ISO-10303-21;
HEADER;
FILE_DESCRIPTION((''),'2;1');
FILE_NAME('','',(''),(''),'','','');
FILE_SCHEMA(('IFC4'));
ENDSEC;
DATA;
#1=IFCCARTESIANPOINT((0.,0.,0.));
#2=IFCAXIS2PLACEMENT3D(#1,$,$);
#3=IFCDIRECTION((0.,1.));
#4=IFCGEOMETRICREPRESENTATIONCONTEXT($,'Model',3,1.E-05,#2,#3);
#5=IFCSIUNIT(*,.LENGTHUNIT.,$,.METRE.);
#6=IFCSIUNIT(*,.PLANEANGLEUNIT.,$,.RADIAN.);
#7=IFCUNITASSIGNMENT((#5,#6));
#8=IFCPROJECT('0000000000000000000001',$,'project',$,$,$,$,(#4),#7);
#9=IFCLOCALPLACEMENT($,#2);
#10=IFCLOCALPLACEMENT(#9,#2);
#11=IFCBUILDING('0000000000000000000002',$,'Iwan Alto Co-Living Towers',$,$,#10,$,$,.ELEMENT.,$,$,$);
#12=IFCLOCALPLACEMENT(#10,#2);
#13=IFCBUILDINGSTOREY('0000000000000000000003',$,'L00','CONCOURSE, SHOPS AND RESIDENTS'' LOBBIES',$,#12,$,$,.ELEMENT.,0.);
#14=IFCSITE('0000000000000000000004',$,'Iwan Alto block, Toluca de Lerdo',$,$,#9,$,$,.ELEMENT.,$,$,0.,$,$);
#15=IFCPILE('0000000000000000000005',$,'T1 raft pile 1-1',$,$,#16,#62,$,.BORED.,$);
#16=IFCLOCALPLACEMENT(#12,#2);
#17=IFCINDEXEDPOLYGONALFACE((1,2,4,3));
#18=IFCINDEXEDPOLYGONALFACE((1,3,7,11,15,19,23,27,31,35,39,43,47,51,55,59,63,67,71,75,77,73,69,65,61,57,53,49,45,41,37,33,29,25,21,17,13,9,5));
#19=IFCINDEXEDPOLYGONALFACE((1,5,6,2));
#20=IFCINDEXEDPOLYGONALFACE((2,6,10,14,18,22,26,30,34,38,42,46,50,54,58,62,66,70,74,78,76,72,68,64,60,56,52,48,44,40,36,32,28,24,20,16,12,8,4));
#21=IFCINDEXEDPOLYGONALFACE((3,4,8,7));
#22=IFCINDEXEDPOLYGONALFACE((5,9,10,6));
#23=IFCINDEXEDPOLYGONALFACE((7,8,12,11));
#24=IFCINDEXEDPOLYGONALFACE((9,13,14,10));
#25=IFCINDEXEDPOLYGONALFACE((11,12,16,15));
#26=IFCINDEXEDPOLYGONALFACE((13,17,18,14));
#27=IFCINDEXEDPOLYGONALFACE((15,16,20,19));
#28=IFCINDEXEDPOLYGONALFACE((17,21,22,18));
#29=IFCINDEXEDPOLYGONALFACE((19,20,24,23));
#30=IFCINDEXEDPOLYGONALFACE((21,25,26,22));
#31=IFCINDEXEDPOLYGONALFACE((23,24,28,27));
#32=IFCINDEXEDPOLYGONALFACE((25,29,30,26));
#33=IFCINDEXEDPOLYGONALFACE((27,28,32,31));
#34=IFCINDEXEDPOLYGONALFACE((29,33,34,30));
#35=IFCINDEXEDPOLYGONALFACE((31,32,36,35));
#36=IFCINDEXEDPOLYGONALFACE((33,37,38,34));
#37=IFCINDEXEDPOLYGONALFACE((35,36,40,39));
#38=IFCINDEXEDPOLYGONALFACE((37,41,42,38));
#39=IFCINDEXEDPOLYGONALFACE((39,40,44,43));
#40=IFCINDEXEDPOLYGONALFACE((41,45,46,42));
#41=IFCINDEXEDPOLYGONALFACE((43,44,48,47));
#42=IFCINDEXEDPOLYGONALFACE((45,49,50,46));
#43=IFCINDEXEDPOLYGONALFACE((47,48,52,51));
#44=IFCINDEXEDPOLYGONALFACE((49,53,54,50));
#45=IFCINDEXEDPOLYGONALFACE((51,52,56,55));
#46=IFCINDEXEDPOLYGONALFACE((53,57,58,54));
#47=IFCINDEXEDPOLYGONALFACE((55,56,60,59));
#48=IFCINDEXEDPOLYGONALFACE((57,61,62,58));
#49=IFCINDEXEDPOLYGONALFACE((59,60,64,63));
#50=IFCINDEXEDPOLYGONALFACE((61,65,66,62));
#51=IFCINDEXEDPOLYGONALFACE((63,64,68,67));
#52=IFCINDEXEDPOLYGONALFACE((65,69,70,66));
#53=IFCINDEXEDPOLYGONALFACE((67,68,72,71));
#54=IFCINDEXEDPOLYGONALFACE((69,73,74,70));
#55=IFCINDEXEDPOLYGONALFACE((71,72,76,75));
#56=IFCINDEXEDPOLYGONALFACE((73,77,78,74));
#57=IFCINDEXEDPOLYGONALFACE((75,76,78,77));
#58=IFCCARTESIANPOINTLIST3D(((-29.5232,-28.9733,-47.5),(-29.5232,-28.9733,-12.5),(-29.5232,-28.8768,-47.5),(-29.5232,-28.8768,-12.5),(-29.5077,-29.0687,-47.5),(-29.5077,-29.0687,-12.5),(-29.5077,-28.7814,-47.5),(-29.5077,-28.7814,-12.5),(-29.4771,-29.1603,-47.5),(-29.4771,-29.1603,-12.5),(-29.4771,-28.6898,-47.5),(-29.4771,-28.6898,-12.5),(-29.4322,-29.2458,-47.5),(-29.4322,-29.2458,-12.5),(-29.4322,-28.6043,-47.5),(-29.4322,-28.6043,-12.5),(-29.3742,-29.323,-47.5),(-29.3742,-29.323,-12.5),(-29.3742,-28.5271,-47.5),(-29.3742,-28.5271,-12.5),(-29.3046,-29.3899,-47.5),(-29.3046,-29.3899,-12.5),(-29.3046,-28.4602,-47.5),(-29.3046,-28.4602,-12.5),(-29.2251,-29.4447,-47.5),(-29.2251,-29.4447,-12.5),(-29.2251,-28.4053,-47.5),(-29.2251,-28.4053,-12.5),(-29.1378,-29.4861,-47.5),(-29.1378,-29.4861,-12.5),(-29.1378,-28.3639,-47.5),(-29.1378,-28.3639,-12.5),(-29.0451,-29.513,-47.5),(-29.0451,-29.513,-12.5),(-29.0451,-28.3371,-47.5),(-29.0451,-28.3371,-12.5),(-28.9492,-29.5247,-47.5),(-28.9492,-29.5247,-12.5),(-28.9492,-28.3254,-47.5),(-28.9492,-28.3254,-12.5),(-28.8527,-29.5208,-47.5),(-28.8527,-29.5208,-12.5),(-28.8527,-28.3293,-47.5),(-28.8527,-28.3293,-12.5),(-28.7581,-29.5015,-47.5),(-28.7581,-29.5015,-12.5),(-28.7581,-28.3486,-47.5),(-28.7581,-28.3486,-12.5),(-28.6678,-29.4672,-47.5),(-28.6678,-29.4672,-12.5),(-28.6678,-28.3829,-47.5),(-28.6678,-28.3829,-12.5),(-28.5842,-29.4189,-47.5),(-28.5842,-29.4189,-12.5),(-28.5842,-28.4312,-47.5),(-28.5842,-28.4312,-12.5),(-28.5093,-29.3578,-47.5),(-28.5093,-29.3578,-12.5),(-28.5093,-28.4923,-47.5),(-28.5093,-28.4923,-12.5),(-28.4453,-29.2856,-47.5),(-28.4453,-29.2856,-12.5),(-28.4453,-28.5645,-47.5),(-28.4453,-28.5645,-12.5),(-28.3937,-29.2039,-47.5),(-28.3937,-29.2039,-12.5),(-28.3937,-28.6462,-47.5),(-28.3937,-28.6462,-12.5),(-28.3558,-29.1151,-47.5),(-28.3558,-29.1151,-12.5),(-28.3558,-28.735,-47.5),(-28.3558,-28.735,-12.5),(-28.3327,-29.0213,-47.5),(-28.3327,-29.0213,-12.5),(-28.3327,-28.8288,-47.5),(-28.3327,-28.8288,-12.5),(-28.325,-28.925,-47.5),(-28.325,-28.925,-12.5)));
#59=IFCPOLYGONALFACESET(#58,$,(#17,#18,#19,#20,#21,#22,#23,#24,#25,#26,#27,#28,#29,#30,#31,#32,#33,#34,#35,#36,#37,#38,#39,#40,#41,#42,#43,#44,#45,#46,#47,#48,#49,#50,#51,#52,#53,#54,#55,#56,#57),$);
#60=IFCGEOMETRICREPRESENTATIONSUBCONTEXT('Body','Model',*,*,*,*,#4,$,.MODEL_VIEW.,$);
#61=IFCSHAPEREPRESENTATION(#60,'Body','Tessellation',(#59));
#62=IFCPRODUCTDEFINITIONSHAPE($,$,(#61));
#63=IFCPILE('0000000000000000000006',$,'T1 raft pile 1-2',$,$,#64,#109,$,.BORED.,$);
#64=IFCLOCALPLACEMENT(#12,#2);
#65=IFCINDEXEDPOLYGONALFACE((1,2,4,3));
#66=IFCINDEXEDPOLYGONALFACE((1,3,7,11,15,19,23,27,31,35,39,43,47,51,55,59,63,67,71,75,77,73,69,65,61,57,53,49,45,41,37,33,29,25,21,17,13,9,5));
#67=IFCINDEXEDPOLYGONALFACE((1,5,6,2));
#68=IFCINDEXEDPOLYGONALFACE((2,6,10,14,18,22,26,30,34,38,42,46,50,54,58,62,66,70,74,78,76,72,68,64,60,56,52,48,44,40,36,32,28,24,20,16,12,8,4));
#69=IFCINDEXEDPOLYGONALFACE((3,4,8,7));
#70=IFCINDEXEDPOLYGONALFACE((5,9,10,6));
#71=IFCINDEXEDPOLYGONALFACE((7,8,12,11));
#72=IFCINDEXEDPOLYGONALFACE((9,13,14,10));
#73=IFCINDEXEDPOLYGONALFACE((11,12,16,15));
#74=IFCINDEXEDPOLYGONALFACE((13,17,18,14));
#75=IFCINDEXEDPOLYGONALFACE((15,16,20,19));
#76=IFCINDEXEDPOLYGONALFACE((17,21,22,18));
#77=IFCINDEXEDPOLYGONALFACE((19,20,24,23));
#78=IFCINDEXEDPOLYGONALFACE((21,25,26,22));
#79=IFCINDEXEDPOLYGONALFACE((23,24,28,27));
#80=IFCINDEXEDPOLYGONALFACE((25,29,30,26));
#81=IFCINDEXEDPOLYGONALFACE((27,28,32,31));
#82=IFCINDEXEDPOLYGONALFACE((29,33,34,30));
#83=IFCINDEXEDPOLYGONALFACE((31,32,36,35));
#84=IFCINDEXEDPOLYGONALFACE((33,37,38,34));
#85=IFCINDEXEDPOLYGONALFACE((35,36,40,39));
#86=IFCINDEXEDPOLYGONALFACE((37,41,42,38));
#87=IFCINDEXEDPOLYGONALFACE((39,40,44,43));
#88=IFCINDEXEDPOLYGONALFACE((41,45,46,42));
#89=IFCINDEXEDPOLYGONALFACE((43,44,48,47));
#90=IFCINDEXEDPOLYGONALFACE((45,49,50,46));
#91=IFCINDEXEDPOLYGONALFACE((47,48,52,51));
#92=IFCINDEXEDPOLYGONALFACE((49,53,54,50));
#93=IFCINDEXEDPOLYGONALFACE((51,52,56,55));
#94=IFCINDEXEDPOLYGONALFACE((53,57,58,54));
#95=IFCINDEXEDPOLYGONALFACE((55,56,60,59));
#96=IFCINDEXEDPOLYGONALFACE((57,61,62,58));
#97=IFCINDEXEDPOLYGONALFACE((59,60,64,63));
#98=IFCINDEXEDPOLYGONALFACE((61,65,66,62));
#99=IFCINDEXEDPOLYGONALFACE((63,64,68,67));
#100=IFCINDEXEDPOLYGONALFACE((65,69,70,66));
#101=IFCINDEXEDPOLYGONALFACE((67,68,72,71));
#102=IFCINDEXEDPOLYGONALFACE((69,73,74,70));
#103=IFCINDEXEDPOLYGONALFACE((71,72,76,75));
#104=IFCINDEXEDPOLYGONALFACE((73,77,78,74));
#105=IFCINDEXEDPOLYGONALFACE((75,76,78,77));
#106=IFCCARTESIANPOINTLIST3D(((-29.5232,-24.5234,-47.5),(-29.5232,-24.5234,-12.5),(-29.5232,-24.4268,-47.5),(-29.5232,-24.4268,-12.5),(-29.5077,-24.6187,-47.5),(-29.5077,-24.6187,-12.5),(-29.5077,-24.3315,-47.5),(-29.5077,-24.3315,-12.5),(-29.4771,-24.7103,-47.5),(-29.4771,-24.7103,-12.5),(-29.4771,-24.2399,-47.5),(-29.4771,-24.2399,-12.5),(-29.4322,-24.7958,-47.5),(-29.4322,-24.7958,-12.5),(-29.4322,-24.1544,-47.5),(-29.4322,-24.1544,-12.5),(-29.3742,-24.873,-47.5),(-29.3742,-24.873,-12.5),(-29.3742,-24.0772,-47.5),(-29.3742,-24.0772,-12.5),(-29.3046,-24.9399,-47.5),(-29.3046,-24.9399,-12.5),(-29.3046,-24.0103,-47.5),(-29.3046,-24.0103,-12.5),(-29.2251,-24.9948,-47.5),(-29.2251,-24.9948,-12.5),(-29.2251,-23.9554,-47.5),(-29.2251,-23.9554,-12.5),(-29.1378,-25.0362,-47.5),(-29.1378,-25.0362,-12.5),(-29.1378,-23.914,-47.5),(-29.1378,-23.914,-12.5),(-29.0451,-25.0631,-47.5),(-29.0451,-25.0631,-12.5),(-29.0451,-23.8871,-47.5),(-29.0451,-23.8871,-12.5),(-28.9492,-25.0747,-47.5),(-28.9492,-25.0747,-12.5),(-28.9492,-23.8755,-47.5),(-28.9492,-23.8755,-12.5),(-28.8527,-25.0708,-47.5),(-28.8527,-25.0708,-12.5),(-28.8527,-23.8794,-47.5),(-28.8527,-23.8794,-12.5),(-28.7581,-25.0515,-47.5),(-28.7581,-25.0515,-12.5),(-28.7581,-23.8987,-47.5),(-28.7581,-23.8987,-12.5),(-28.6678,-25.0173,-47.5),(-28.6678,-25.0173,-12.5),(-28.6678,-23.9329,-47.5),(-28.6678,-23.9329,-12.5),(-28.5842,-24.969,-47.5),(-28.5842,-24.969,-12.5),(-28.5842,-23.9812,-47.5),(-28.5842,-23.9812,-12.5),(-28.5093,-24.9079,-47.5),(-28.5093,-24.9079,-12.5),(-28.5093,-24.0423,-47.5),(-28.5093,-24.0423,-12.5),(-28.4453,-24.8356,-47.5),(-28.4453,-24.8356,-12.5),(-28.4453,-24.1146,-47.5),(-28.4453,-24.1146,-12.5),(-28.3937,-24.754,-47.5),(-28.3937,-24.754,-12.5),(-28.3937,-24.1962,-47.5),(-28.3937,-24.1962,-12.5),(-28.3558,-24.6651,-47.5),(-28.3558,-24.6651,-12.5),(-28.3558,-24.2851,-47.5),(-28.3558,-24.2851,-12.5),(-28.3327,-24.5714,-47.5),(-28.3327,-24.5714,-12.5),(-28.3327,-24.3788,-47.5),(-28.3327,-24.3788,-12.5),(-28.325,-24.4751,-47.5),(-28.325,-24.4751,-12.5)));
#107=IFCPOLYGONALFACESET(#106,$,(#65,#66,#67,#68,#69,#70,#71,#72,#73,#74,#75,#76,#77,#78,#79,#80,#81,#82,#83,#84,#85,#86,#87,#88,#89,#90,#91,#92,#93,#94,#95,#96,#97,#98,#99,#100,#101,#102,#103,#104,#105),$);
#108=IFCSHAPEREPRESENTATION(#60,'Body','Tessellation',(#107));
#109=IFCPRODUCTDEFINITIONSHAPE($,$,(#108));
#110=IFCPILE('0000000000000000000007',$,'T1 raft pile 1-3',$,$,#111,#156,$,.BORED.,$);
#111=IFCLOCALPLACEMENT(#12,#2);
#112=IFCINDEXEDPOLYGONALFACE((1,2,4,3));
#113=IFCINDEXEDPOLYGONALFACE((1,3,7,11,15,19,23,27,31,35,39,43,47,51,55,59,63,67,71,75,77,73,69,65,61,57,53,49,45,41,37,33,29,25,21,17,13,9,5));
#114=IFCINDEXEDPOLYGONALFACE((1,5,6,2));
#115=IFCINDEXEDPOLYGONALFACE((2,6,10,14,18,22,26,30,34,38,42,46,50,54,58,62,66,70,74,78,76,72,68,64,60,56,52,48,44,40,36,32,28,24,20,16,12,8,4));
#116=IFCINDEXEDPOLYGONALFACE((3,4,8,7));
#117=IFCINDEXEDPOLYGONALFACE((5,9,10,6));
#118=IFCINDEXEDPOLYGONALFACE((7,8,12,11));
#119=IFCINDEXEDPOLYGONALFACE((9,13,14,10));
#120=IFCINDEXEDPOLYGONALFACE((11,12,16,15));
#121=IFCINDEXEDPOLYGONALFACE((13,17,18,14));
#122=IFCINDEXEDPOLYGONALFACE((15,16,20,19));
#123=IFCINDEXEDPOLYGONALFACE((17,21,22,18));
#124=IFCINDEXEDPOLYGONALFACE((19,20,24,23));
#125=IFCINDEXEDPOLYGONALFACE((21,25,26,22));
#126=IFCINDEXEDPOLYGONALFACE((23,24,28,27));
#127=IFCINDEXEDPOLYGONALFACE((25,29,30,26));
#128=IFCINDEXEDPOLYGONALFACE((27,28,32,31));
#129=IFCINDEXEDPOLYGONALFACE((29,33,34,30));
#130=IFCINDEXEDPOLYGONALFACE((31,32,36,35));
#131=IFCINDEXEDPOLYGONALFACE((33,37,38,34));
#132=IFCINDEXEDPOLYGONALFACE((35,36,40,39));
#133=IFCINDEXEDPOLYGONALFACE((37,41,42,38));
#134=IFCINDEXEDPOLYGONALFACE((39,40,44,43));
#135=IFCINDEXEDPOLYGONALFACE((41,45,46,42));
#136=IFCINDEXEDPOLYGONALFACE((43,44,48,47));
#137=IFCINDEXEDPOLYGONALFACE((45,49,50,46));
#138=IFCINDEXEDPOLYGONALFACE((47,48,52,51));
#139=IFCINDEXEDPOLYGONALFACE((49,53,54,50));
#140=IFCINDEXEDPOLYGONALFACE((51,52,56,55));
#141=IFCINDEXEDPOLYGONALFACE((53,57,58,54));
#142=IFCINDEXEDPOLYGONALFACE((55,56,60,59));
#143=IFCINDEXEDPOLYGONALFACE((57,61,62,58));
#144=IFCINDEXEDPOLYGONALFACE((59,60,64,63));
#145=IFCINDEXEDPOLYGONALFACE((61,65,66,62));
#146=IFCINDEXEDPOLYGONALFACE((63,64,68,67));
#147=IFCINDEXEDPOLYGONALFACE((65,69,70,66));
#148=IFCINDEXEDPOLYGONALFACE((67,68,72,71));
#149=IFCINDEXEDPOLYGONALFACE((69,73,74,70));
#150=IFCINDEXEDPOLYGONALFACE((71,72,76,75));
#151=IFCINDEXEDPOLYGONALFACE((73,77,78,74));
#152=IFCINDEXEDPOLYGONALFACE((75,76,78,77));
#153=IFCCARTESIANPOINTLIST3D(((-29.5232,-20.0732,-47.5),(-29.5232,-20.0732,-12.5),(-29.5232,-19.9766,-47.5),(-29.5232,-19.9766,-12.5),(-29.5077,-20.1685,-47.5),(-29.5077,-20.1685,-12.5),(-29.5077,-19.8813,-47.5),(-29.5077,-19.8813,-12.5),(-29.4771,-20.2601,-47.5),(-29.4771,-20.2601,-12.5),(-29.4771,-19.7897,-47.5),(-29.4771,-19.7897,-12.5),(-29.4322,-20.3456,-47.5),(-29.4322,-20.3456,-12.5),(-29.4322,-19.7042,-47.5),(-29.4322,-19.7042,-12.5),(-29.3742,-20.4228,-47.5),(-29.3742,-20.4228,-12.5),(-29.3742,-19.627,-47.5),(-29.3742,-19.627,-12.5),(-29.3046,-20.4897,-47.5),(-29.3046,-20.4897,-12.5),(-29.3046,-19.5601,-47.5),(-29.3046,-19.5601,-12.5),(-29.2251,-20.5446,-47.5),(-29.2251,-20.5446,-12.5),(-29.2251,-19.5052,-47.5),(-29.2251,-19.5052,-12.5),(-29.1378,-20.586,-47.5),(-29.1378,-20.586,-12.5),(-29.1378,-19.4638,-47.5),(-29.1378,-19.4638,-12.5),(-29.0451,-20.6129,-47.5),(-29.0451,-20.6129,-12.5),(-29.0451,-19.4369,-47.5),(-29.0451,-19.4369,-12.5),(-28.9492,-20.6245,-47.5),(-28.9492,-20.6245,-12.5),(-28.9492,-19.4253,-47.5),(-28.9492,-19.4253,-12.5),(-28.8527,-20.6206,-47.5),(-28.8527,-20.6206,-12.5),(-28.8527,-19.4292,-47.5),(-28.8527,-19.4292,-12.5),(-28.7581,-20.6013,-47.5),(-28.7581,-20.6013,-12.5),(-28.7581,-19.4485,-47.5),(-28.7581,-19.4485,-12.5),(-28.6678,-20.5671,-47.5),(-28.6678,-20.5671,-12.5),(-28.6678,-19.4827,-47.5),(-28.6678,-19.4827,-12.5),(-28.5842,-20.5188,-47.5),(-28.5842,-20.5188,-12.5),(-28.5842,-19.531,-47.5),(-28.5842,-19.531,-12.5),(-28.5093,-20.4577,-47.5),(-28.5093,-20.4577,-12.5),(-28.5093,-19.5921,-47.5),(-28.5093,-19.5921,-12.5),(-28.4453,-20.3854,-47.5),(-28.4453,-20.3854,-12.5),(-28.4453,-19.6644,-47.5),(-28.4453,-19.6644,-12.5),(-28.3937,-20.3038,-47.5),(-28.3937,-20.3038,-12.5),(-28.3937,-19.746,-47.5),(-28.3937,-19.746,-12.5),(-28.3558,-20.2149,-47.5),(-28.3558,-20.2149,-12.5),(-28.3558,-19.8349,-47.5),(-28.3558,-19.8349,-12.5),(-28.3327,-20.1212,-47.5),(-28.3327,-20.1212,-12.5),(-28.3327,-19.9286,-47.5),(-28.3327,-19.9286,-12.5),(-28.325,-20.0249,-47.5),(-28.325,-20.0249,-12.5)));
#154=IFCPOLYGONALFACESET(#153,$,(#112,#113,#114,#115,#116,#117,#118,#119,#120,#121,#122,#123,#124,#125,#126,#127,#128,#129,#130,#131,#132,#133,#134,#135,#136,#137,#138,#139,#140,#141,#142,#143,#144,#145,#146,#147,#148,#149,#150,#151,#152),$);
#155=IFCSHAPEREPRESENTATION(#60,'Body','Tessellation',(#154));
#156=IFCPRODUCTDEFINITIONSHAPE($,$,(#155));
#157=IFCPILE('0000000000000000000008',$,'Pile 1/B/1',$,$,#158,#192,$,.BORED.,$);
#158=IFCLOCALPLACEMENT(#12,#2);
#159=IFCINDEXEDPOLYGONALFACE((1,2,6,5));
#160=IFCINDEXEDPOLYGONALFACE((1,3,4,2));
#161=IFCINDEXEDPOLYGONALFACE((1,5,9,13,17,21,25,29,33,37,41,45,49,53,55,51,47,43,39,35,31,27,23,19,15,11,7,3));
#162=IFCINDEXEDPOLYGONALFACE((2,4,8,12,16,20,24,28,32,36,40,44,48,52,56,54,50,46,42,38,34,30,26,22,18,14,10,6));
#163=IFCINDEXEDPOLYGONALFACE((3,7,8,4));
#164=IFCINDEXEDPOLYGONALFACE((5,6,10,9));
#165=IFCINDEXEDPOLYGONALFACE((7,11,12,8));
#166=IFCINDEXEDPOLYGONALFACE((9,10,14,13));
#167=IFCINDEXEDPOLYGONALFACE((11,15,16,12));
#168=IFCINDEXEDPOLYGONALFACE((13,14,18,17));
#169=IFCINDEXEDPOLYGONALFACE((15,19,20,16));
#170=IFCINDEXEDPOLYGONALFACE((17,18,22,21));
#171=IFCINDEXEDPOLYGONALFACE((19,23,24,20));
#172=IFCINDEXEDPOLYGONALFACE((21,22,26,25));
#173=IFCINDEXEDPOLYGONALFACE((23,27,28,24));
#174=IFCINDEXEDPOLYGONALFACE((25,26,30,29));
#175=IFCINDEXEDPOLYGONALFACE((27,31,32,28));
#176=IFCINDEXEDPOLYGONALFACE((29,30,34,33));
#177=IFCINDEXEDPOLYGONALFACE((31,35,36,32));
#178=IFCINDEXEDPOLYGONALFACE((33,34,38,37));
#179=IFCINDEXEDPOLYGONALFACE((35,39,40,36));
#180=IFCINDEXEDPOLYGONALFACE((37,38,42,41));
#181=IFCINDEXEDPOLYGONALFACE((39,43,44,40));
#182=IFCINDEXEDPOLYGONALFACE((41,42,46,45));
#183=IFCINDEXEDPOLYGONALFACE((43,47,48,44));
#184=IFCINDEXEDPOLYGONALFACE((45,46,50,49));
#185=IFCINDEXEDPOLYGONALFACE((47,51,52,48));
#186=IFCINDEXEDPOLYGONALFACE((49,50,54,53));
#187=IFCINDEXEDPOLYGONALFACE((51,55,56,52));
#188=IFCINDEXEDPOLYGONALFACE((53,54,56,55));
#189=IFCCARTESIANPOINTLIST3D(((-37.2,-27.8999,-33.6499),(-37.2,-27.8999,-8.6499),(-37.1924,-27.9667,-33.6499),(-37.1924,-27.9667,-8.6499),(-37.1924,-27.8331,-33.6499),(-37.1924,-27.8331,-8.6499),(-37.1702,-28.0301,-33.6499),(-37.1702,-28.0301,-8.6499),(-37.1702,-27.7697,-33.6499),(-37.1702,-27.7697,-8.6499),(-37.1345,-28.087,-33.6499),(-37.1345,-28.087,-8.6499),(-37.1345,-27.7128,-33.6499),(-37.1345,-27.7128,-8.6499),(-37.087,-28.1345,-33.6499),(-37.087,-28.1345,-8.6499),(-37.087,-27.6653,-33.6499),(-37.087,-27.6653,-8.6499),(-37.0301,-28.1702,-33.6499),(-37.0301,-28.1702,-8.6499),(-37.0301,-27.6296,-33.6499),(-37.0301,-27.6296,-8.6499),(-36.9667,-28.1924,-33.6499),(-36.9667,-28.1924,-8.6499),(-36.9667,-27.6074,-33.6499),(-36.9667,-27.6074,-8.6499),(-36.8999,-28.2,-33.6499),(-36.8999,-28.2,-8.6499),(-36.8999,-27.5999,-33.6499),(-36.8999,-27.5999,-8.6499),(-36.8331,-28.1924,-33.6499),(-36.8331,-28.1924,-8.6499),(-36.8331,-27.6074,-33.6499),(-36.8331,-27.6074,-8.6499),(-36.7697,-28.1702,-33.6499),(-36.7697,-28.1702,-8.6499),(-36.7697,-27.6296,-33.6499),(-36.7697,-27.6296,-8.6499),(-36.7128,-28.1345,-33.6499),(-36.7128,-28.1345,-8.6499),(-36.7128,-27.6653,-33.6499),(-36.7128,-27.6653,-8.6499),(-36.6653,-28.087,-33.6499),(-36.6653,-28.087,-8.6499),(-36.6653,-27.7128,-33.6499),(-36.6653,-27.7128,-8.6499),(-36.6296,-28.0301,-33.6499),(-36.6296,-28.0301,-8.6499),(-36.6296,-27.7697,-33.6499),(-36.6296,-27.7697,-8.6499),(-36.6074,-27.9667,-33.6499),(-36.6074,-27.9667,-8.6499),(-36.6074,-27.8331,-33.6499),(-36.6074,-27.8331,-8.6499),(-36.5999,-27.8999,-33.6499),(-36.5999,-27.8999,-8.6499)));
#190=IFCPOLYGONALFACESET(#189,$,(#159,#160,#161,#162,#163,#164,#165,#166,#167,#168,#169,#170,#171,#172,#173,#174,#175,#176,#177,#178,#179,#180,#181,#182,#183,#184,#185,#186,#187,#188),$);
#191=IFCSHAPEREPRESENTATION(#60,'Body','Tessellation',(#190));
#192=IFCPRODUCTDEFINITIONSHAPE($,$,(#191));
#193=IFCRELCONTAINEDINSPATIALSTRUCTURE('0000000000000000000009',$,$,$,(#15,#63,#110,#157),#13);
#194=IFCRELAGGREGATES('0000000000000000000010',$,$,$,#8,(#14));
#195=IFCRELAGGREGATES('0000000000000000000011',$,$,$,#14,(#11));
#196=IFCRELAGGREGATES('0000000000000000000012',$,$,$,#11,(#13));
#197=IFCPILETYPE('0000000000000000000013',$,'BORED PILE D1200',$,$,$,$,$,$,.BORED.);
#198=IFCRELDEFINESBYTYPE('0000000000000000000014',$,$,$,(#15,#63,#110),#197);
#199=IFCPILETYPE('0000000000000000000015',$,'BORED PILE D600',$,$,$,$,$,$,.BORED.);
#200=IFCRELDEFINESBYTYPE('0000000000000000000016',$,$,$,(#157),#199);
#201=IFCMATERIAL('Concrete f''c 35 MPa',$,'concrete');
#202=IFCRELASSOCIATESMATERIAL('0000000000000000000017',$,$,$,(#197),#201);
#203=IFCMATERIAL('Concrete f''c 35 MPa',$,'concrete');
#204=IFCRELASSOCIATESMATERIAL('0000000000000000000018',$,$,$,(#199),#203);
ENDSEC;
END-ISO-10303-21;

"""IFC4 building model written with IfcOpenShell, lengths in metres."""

from ifc_helpers import new_model, si_unit, direction, frame, origin, origin_2d, place, context, subcontext, project, spatial, circle, extrude, material, material_profile, profile_set, type_object, element, save


model = new_model("IFC4")

# Units and contexts
model_context = context("Model", 3, precision=1e-05, world=origin(), true_north=direction((0.0, 1.0)))
body_context = subcontext(model_context, "Body", "Model", "MODEL_VIEW")
ifc_project = project(units=[si_unit("LENGTHUNIT", "METRE"), si_unit("PLANEANGLEUNIT", "RADIAN")], contexts=[model_context])

# Site, building, storey
site_placement = place(None, origin())
site = spatial("IfcSite", under=ifc_project, at=site_placement, Name="Iwan Alto block, Toluca de Lerdo", CompositionType="ELEMENT", RefElevation=0.0)
building_placement = place(site_placement, origin())
building = spatial("IfcBuilding", under=site, at=building_placement, Name="Iwan Alto Co-Living Towers", CompositionType="ELEMENT")
storey_placement = place(building_placement, origin())
storey = spatial("IfcBuildingStorey", under=building, at=storey_placement, Name="L00", Description="CONCOURSE, SHOPS AND RESIDENTS' LOBBIES", CompositionType="ELEMENT", Elevation=0.0)

# Piles
ifc_material_1 = material(Name="Concrete f'c 35 MPa", Category="concrete")
ifc_material_profile_1 = material_profile(ifc_material_1, circle(Radius=0.6001, at=origin_2d()), Name="D1200")
ifc_profile_set_1 = profile_set([ifc_material_profile_1], Name="Concrete f'c 35 MPa")
pile_type_1 = type_object("IfcPileType", Name="BORED PILE D1200", PredefinedType="BORED", material=ifc_profile_set_1)
for number, where, z_axis, x_axis, name in (
    (1, (-28.925, -28.925, -12.5), (0.0, 0.0, -1.0), (1.0, 0.0, 0.0), "T1 raft pile 1-1"),
    (2, (-28.925, -24.4751, -12.5), (0.0, 0.0, -1.0), (1.0, 0.0, 0.0), "T1 raft pile 1-2"),
    (3, (-28.925, -20.0249, -12.5), (0.0, 0.0, -1.0), (1.0, 0.0, 0.0), "T1 raft pile 1-3"),
):
    element("IfcPile", number, at=place(storey_placement, frame(where, z_axis=z_axis, x_axis=x_axis)), inside=storey, type_object=pile_type_1, Name=name, PredefinedType="BORED", context=body_context, shape_type="SweptSolid", body=[
        extrude(circle(Radius=0.6001, at=origin_2d()), origin(), (0.0, 0.0, 1.0), 35.0),
    ])
ifc_material_2 = material(Name="Concrete f'c 35 MPa", Category="concrete")
ifc_material_profile_2 = material_profile(ifc_material_2, circle(Radius=0.3, at=origin_2d()), Name="D600")
ifc_profile_set_2 = profile_set([ifc_material_profile_2], Name="Concrete f'c 35 MPa")
pile_type_2 = type_object("IfcPileType", Name="BORED PILE D600", PredefinedType="BORED", material=ifc_profile_set_2)
for number, where, z_axis, x_axis, name in (
    (4, (-36.8999, -27.8999, -8.6499), (0.0, 0.0, -1.0), (1.0, 0.0, 0.0), "Pile 1/B/1"),
):
    element("IfcPile", number, at=place(storey_placement, frame(where, z_axis=z_axis, x_axis=x_axis)), inside=storey, type_object=pile_type_2, Name=name, PredefinedType="BORED", context=body_context, shape_type="SweptSolid", body=[
        extrude(circle(Radius=0.3, at=origin_2d()), origin(), (0.0, 0.0, 1.0), 25.0),
    ])

save(model, "model.ifc")
